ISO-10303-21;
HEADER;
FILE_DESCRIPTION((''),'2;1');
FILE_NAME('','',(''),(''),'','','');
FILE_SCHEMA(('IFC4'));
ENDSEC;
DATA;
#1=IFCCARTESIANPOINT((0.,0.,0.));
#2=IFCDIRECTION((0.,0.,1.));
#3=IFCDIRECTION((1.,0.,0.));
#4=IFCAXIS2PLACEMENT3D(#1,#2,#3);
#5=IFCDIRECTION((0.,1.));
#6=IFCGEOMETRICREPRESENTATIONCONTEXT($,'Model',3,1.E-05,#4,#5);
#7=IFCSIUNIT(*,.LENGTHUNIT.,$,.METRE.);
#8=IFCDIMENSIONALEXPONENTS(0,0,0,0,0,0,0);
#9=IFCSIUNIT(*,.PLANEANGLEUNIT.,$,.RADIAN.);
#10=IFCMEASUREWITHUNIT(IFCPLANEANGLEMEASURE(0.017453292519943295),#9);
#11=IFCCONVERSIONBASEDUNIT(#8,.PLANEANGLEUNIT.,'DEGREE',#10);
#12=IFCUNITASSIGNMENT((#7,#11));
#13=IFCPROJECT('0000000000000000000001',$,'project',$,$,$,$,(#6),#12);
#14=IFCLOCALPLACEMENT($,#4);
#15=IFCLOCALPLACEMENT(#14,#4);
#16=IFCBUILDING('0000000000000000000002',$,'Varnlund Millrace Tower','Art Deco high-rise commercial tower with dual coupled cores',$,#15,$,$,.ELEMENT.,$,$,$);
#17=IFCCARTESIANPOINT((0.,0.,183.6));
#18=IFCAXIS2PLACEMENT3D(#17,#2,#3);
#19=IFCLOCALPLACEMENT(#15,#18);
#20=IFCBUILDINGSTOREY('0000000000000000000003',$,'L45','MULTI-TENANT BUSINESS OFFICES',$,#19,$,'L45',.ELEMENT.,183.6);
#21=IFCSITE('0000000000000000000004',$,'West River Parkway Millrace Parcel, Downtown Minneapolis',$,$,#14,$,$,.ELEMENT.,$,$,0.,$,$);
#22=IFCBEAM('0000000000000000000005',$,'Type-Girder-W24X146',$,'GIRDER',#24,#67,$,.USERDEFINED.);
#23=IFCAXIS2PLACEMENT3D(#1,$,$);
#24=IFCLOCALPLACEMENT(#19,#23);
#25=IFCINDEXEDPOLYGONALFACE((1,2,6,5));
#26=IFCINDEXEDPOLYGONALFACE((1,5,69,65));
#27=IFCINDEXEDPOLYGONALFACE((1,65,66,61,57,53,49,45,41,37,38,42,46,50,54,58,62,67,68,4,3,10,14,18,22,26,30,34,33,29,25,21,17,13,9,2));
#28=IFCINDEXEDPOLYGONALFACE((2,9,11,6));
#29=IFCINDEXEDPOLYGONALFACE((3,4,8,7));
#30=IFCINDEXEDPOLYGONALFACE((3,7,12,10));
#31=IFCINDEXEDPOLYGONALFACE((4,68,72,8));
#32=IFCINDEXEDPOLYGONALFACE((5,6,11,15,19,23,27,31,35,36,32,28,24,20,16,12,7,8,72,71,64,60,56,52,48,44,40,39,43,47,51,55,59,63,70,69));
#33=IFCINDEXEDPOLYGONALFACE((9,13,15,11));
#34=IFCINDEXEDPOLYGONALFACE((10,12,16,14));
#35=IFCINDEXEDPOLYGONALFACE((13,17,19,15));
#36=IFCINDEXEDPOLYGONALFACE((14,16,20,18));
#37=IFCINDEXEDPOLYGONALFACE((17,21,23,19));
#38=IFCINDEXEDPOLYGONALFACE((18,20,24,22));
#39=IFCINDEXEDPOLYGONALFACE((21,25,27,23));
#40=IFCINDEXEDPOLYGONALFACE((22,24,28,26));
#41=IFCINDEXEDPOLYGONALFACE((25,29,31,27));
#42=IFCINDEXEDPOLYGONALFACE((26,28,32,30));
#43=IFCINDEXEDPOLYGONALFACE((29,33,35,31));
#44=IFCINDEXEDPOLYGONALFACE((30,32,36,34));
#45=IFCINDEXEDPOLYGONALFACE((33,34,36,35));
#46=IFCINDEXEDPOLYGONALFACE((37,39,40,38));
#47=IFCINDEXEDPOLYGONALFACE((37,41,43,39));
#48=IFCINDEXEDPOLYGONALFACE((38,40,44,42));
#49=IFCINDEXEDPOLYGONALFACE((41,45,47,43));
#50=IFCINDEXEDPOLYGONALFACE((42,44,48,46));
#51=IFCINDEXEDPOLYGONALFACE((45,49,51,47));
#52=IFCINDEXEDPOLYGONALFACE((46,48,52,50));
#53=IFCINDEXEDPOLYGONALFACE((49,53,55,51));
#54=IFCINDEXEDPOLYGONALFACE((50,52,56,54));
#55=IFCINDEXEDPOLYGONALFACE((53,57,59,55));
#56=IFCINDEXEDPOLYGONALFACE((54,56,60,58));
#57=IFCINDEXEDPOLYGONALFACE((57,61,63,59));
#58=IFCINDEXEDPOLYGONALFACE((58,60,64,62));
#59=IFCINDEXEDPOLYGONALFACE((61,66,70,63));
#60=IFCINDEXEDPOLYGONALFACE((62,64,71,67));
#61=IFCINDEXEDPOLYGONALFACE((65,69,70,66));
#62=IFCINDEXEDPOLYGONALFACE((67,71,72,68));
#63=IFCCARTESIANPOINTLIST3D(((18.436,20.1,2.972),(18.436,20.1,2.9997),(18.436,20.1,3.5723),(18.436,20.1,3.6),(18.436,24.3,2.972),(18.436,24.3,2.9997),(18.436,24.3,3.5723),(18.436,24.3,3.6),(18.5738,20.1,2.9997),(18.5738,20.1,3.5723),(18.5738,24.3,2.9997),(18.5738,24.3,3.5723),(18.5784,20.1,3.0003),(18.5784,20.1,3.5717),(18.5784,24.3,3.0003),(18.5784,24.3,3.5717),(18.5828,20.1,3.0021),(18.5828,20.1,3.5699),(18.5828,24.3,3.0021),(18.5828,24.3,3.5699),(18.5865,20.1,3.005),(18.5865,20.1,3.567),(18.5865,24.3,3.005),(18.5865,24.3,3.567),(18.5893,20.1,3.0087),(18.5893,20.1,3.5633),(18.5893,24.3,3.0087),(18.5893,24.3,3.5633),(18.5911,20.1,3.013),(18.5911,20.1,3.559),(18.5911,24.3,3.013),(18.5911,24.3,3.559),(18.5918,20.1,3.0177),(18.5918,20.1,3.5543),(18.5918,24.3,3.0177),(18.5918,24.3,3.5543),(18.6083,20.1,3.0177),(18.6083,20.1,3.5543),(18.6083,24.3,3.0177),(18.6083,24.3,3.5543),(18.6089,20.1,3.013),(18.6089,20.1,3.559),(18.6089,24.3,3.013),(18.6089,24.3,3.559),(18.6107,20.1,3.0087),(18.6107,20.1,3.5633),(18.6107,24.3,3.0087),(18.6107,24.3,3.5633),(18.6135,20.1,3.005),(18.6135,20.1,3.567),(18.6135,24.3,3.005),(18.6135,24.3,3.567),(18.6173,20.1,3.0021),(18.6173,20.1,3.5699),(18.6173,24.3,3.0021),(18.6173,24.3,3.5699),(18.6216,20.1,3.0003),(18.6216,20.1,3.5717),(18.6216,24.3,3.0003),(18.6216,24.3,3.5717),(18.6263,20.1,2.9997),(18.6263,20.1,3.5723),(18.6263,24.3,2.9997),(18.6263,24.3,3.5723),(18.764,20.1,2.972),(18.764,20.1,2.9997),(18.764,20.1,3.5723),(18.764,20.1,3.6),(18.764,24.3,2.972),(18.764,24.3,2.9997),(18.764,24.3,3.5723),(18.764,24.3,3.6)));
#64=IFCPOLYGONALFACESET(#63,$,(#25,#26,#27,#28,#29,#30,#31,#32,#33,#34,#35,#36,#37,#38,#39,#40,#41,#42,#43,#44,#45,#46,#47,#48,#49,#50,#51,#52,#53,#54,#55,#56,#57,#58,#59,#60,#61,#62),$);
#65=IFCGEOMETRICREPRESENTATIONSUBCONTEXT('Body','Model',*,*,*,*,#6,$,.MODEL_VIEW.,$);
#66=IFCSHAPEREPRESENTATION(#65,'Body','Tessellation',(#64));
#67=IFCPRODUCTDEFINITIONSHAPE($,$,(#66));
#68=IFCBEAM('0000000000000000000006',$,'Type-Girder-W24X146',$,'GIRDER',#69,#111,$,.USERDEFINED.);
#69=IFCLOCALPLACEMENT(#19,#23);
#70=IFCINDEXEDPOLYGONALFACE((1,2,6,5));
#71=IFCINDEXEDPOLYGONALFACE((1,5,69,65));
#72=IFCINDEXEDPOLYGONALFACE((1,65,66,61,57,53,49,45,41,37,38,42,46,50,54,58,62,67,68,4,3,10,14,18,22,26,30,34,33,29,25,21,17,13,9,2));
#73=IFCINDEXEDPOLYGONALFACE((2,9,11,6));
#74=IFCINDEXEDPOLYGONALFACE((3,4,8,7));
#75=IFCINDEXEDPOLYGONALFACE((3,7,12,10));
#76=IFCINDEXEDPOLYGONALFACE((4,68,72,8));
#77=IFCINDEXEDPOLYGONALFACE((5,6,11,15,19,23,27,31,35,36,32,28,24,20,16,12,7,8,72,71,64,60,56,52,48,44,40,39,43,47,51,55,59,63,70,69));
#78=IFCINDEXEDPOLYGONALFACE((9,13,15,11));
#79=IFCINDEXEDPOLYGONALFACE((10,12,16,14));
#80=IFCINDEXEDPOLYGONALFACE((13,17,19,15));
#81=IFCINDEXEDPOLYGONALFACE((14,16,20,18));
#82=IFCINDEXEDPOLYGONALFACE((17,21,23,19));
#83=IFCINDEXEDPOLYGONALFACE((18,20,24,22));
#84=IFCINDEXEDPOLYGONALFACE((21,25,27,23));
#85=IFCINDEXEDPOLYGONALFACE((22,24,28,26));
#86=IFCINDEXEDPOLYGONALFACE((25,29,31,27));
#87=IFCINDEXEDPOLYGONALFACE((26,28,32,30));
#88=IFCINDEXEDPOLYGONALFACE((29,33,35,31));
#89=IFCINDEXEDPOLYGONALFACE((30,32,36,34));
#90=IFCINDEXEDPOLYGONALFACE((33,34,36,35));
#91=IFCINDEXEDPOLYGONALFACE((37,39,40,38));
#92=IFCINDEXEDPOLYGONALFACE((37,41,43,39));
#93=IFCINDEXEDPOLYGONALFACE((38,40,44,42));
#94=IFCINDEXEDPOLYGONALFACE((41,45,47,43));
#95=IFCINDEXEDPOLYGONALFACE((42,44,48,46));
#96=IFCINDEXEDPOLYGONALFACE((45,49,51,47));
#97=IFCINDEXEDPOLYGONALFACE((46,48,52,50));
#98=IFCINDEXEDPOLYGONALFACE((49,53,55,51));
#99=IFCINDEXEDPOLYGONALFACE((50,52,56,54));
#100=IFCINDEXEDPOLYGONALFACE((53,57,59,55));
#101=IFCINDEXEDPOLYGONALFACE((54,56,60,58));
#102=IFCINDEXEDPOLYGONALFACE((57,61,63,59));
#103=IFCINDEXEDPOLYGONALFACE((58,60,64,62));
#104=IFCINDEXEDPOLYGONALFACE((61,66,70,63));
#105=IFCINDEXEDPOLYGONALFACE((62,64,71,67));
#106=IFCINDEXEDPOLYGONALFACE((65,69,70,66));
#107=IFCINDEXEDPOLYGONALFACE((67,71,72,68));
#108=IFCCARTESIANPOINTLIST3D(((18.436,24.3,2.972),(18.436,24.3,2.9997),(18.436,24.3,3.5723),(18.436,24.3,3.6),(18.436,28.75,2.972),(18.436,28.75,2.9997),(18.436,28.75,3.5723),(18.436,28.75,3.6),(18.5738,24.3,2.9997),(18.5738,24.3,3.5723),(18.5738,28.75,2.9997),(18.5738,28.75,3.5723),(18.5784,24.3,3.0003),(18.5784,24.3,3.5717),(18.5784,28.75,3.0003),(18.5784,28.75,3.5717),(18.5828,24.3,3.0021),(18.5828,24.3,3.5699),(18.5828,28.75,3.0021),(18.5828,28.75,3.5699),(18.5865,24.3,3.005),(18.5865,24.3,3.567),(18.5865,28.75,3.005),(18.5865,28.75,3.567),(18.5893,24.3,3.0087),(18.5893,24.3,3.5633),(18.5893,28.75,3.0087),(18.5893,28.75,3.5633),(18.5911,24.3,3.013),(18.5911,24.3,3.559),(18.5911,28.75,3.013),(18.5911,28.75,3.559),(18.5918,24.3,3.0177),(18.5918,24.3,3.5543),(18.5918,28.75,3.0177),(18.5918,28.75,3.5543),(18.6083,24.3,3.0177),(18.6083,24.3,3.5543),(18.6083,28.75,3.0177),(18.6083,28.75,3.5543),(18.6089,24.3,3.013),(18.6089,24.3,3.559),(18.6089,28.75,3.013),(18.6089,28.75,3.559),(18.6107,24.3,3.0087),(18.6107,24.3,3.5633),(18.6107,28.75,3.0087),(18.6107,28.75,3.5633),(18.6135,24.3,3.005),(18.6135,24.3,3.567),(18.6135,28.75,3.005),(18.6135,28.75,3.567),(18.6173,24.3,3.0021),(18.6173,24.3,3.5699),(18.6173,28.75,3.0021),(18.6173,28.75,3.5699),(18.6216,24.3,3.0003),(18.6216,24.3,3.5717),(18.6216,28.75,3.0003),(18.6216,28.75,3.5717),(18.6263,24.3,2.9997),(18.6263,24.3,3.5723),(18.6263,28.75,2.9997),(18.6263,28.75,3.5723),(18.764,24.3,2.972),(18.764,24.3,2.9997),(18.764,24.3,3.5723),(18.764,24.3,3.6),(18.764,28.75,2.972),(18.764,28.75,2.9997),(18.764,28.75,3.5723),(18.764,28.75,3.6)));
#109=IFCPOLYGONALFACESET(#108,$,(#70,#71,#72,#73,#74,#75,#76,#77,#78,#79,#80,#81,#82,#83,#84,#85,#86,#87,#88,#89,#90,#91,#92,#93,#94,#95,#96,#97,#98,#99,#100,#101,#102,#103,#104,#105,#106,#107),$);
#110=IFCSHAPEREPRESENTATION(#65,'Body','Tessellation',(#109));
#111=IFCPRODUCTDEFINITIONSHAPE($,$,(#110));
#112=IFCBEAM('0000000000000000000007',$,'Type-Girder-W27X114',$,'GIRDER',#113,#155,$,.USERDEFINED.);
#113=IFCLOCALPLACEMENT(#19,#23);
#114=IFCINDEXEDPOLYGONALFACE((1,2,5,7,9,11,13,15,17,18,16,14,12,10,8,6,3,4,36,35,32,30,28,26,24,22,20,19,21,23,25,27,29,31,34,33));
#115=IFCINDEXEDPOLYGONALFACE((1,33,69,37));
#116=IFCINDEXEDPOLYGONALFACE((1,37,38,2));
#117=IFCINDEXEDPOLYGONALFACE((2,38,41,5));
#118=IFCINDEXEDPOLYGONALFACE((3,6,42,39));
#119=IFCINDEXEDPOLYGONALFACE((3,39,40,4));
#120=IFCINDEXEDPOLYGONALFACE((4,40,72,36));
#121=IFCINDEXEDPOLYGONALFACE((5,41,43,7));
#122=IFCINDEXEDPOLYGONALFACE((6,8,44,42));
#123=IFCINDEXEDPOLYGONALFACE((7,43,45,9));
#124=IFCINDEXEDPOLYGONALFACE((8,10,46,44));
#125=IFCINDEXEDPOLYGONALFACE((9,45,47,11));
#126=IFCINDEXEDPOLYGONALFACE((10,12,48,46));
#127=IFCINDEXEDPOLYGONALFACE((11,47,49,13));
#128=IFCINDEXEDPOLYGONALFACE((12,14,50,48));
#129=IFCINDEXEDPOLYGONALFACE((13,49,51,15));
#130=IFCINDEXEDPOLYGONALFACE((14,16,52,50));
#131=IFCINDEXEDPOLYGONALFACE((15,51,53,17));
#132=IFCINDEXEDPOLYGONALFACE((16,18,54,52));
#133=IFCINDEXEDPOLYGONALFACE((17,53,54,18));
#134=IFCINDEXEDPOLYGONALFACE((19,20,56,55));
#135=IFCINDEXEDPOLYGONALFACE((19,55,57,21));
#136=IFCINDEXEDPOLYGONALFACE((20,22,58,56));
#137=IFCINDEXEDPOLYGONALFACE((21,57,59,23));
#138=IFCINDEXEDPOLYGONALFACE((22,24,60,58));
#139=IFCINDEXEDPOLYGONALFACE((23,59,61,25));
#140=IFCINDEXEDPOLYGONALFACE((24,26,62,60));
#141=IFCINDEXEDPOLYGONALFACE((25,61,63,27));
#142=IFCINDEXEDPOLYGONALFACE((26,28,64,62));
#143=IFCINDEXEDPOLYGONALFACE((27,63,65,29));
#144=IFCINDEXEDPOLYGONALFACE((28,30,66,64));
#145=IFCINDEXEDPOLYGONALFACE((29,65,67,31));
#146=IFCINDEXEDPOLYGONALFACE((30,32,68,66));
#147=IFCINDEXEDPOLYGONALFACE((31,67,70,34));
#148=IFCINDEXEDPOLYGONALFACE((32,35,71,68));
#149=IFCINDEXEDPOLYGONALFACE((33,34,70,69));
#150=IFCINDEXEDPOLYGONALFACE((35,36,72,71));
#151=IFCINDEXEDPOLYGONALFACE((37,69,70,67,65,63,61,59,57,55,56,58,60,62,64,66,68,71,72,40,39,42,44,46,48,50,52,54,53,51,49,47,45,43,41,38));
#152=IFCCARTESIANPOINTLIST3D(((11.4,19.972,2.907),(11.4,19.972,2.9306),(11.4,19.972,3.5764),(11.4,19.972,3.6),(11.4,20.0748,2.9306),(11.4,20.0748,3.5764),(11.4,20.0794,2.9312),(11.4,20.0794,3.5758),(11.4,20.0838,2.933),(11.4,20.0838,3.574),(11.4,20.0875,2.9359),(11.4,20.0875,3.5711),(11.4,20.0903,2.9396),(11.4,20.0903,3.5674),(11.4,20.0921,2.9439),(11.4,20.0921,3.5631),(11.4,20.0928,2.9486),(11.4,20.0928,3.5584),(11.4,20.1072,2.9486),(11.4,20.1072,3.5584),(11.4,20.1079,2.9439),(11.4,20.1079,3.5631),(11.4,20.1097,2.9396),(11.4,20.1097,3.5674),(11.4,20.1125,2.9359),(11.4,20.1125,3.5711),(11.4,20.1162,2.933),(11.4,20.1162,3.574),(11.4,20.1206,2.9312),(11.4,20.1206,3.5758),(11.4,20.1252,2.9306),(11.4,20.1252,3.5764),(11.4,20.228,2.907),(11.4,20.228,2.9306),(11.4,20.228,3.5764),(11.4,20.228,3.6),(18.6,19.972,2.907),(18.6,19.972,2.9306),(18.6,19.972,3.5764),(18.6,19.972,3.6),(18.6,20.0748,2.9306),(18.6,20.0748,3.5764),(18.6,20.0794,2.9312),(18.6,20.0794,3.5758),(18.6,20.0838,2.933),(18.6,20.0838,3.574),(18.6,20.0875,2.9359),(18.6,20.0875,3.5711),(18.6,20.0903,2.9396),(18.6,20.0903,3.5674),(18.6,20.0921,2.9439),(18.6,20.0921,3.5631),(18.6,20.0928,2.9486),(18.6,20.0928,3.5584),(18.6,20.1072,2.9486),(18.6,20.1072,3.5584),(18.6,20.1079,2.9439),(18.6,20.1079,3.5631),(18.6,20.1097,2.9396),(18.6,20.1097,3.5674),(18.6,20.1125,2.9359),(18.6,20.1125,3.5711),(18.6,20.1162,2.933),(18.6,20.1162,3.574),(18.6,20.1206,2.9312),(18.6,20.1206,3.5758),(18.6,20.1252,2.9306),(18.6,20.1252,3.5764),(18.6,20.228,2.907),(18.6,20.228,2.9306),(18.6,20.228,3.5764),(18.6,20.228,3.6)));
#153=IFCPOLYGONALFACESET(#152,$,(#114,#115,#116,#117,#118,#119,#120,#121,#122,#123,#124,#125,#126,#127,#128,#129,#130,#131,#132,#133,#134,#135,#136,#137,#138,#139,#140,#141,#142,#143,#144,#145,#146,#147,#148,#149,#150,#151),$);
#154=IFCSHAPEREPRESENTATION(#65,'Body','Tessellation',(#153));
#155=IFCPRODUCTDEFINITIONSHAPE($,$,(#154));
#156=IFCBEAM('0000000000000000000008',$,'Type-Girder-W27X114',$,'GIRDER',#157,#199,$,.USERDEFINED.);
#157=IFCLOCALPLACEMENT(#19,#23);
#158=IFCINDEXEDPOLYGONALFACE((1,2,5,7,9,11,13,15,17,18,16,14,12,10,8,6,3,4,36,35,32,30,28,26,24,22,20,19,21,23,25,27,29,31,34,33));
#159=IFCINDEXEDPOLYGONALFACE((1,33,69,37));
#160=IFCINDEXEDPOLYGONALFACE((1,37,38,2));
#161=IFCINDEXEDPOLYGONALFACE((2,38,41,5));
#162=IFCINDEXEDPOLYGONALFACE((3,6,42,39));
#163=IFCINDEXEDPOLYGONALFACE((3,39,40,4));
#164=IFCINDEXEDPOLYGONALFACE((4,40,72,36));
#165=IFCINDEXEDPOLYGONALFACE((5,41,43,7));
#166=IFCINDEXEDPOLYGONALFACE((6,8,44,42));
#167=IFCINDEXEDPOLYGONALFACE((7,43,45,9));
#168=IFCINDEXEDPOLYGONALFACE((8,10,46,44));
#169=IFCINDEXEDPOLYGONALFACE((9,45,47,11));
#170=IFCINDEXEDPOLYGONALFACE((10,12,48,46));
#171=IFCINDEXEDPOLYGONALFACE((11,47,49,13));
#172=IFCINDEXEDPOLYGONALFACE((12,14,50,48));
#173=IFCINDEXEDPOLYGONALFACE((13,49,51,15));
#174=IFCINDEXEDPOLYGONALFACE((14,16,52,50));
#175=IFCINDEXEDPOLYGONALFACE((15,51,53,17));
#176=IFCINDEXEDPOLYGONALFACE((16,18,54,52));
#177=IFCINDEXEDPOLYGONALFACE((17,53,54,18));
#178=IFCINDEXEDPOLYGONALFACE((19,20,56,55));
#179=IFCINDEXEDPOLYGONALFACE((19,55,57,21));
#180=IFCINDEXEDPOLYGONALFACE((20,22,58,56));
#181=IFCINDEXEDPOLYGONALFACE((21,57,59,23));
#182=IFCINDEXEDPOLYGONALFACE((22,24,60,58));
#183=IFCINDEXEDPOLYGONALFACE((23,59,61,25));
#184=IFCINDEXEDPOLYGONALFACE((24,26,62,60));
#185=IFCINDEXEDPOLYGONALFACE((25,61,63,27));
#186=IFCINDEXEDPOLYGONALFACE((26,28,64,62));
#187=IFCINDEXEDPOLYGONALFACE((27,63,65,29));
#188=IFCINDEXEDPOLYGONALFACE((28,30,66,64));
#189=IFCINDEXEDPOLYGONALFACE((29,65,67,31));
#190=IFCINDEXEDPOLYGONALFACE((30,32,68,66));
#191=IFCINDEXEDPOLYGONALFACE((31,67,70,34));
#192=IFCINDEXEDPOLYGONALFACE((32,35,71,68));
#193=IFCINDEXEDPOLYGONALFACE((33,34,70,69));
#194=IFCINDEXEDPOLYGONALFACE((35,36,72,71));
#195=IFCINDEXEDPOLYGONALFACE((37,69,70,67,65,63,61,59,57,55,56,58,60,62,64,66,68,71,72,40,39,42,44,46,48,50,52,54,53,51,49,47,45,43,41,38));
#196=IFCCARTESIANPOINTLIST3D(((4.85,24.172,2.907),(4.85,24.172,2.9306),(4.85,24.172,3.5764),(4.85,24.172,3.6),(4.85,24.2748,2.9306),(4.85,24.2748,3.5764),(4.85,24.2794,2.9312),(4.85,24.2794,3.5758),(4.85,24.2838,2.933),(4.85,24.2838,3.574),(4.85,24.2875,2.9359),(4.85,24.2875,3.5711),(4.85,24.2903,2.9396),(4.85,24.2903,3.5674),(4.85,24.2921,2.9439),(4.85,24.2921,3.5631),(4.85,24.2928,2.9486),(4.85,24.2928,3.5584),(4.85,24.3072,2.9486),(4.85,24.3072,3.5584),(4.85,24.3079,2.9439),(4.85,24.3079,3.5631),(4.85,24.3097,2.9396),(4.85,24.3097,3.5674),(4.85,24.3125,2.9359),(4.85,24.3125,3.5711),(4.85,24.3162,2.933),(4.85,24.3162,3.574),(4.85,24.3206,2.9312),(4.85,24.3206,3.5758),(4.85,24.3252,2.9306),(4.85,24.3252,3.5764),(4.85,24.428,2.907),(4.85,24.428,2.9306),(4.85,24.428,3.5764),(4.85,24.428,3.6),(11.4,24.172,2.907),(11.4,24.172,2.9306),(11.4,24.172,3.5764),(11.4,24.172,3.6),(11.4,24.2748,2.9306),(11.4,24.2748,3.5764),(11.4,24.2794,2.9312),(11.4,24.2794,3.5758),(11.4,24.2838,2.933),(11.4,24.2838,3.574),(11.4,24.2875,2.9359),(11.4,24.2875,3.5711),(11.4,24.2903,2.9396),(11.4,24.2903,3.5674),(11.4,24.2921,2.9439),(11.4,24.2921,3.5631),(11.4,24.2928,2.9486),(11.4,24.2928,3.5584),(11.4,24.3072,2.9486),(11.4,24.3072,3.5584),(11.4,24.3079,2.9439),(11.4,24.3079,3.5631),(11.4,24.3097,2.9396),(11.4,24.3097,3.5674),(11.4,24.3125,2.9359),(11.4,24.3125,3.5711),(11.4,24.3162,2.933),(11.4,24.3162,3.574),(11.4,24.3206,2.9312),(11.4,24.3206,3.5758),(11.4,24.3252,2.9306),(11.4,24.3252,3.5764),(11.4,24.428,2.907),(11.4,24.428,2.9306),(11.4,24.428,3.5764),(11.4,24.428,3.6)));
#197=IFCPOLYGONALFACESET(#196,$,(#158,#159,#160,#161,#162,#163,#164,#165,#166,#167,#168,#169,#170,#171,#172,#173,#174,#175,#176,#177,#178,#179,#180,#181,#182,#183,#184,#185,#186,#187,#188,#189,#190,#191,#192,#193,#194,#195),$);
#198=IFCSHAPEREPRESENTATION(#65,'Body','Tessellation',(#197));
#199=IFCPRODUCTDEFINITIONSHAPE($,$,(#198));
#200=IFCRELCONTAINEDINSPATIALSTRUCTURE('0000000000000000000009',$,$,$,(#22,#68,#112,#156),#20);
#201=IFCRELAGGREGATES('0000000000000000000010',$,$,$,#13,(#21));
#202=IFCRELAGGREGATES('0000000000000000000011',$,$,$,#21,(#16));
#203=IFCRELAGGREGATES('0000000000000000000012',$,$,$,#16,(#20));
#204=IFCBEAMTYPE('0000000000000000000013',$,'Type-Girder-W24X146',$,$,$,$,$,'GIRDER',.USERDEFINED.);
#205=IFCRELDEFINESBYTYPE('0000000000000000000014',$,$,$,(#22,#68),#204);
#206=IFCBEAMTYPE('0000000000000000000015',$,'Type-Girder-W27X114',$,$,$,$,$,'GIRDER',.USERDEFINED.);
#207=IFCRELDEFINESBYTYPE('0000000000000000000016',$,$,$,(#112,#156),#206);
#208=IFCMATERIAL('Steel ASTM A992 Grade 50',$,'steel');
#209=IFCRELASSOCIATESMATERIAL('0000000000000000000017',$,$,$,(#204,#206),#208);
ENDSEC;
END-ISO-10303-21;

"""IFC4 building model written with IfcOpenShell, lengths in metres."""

from ifc_helpers import new_model, entity, si_unit, converted_unit, direction, frame, origin_with_axes, origin_2d_with_axis, place, context, subcontext, project, spatial, i_section, extrude, material, material_profile, profile_set, type_object, element, save


model = new_model("IFC4")

# Units and contexts
model_context = context("Model", 3, precision=1e-05, world=origin_with_axes(), true_north=direction((0.0, 1.0)))
body_context = subcontext(model_context, "Body", "Model", "MODEL_VIEW")
ifc_project = project(units=[si_unit("LENGTHUNIT", "METRE"), converted_unit("PLANEANGLEUNIT", "DEGREE", entity("IfcPlaneAngleMeasure", 0.017453292519943295), si_unit("PLANEANGLEUNIT", "RADIAN"), dimensions=[0, 0, 0, 0, 0, 0, 0])], contexts=[model_context])

# Site, building, storey
site_placement = place(None, origin_with_axes())
site = spatial("IfcSite", under=ifc_project, at=site_placement, Name="West River Parkway Millrace Parcel, Downtown Minneapolis", CompositionType="ELEMENT", RefElevation=0.0)
building_placement = place(site_placement, origin_with_axes())
building = spatial("IfcBuilding", under=site, at=building_placement, Name="Varnlund Millrace Tower", Description="Art Deco high-rise commercial tower with dual coupled cores", CompositionType="ELEMENT")
storey_placement = place(building_placement, frame((0.0, 0.0, 183.6), z_axis=(0.0, 0.0, 1.0), x_axis=(1.0, 0.0, 0.0)))
storey = spatial("IfcBuildingStorey", under=building, at=storey_placement, Name="L45", Description="MULTI-TENANT BUSINESS OFFICES", LongName="L45", CompositionType="ELEMENT", Elevation=183.6)

# Beams
ifc_material_1 = material(Name="Steel ASTM A992 Grade 50", Category="steel")
ifc_material_profile_1 = material_profile(ifc_material_1, i_section(OverallWidth=0.328, OverallDepth=0.628, WebThickness=0.0165, FlangeThickness=0.0277, FilletRadius=0.018, at=origin_2d_with_axis()), Name="Steel ASTM A992 Grade 50")
ifc_profile_set_1 = profile_set([ifc_material_profile_1], Name="Steel ASTM A992 Grade 50")
beam_type_1 = type_object("IfcBeamType", Name="Type-Girder-W24X146", ElementType="GIRDER", PredefinedType="USERDEFINED", material=ifc_profile_set_1)
beam_1_placement = place(storey_placement, frame((18.6, 20.1, 3.286), z_axis=(0.0, 1.0, 0.0), x_axis=(-1.0, 0.0, 0.0)))
element("IfcBeam", 1, at=beam_1_placement, inside=storey, type_object=beam_type_1, Name="Type-Girder-W24X146", ObjectType="GIRDER", PredefinedType="USERDEFINED", context=body_context, shape_type="SweptSolid", body=[
    extrude(i_section(OverallWidth=0.328, OverallDepth=0.628, WebThickness=0.0165, FlangeThickness=0.0277, FilletRadius=0.018, at=origin_2d_with_axis()), origin_with_axes(), (0.0, 0.0, 1.0), 4.2),
])
beam_2_placement = place(storey_placement, frame((18.6, 24.3, 3.286), z_axis=(0.0, 1.0, 0.0), x_axis=(-1.0, 0.0, 0.0)))
element("IfcBeam", 2, at=beam_2_placement, inside=storey, type_object=beam_type_1, Name="Type-Girder-W24X146", ObjectType="GIRDER", PredefinedType="USERDEFINED", context=body_context, shape_type="SweptSolid", body=[
    extrude(i_section(OverallWidth=0.328, OverallDepth=0.628, WebThickness=0.0165, FlangeThickness=0.0277, FilletRadius=0.018, at=origin_2d_with_axis()), origin_with_axes(), (0.0, 0.0, 1.0), 4.45),
])
ifc_material_profile_2 = material_profile(ifc_material_1, i_section(OverallWidth=0.256, OverallDepth=0.693, WebThickness=0.0145, FlangeThickness=0.0236, FilletRadius=0.018, at=origin_2d_with_axis()), Name="Steel ASTM A992 Grade 50")
ifc_profile_set_2 = profile_set([ifc_material_profile_2], Name="Steel ASTM A992 Grade 50")
beam_type_2 = type_object("IfcBeamType", Name="Type-Girder-W27X114", ElementType="GIRDER", PredefinedType="USERDEFINED", material=ifc_profile_set_2)
beam_3_placement = place(storey_placement, frame((11.4, 20.1, 3.2535), z_axis=(1.0, 0.0, 0.0), x_axis=(0.0, 1.0, 0.0)))
element("IfcBeam", 3, at=beam_3_placement, inside=storey, type_object=beam_type_2, Name="Type-Girder-W27X114", ObjectType="GIRDER", PredefinedType="USERDEFINED", context=body_context, shape_type="SweptSolid", body=[
    extrude(i_section(OverallWidth=0.256, OverallDepth=0.693, WebThickness=0.0145, FlangeThickness=0.0236, FilletRadius=0.018, at=origin_2d_with_axis()), origin_with_axes(), (0.0, 0.0, 1.0), 7.2),
])
beam_4_placement = place(storey_placement, frame((4.85, 24.3, 3.2535), z_axis=(1.0, 0.0, 0.0), x_axis=(0.0, 1.0, 0.0)))
element("IfcBeam", 4, at=beam_4_placement, inside=storey, type_object=beam_type_2, Name="Type-Girder-W27X114", ObjectType="GIRDER", PredefinedType="USERDEFINED", context=body_context, shape_type="SweptSolid", body=[
    extrude(i_section(OverallWidth=0.256, OverallDepth=0.693, WebThickness=0.0145, FlangeThickness=0.0236, FilletRadius=0.018, at=origin_2d_with_axis()), origin_with_axes(), (0.0, 0.0, 1.0), 6.55),
])

save(model, "model.ifc")
